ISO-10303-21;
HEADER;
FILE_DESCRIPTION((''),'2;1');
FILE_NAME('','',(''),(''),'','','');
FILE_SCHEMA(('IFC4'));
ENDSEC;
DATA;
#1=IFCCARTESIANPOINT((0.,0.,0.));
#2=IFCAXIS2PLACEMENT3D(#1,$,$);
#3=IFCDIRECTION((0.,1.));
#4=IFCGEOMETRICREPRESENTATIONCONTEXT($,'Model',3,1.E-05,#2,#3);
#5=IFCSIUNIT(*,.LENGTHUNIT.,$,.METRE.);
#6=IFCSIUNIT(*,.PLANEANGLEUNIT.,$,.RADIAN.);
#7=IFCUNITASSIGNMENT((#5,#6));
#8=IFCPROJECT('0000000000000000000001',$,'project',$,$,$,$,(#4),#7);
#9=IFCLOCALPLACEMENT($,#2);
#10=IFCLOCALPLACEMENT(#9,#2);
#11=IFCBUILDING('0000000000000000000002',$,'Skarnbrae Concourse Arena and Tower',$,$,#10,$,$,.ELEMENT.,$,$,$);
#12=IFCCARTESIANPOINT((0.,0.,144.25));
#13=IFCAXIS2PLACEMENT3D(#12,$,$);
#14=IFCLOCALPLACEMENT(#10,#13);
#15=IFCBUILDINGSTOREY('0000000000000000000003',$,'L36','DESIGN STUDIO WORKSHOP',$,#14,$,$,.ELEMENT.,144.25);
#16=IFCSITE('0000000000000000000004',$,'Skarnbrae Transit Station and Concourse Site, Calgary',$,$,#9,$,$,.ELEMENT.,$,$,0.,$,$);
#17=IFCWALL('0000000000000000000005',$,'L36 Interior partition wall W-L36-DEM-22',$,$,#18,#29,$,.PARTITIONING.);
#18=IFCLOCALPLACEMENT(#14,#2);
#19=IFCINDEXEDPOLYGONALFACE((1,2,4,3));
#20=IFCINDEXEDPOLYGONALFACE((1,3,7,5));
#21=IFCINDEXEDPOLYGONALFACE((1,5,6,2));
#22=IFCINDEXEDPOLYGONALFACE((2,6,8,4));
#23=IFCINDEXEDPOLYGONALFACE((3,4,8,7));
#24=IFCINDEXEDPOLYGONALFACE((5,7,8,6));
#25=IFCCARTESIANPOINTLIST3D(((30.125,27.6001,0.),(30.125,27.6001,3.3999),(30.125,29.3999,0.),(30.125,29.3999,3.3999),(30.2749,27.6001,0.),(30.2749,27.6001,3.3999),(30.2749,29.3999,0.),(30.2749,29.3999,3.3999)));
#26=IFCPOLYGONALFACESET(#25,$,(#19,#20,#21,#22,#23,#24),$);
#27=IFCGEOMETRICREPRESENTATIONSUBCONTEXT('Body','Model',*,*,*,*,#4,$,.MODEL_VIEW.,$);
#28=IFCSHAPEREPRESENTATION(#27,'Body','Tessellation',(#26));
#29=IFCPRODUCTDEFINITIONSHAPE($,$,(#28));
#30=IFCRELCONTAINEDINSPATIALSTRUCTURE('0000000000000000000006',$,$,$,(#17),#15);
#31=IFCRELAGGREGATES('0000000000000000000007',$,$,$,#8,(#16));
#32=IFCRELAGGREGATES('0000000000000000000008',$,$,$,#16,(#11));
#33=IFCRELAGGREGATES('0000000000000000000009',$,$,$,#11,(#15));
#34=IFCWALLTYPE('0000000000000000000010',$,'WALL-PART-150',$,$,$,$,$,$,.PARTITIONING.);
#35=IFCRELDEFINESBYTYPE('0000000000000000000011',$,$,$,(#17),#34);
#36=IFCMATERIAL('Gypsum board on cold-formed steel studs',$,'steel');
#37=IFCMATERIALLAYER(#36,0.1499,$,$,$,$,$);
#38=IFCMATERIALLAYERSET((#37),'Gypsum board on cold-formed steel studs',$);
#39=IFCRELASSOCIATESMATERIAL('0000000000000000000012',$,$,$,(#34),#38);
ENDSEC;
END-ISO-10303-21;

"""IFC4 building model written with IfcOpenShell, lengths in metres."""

from ifc_helpers import new_model, si_unit, direction, frame, frame_2d, origin, place, context, subcontext, project, spatial, rectangle, extrude, source, transform, mapped, material, layer, layer_set, type_object, element, save


model = new_model("IFC4")

# Units and contexts
model_context = context("Model", 3, precision=1e-05, world=origin(), true_north=direction((0.0, 1.0)))
body_context = subcontext(model_context, "Body", "Model", "MODEL_VIEW")
ifc_project = project(units=[si_unit("LENGTHUNIT", "METRE"), si_unit("PLANEANGLEUNIT", "RADIAN")], contexts=[model_context])

# Site, building, storey
site_placement = place(None, origin())
site = spatial("IfcSite", under=ifc_project, at=site_placement, Name="Skarnbrae Transit Station and Concourse Site, Calgary", CompositionType="ELEMENT", RefElevation=0.0)
building_placement = place(site_placement, origin())
building = spatial("IfcBuilding", under=site, at=building_placement, Name="Skarnbrae Concourse Arena and Tower", CompositionType="ELEMENT")
storey_placement = place(building_placement, frame((0.0, 0.0, 144.25)))
storey = spatial("IfcBuildingStorey", under=building, at=storey_placement, Name="L36", Description="DESIGN STUDIO WORKSHOP", CompositionType="ELEMENT", Elevation=144.25)

# Wall
ifc_material_1 = material(Name="Gypsum board on cold-formed steel studs", Category="steel")
ifc_layer = layer(ifc_material_1, 0.1499)
ifc_layer_set = layer_set([ifc_layer], Name="Gypsum board on cold-formed steel studs")
wall_type = type_object("IfcWallType", Name="WALL-PART-150", PredefinedType="PARTITIONING", material=ifc_layer_set)
shared_shape_1 = source(origin(), body_context, "Body", "SweptSolid", [
    extrude(rectangle(XDim=1.7998, YDim=0.1499, at=frame_2d((0.8999, 0.0))), origin(), (0.0, 0.0, 1.0), 3.3999),
])
wall_1_placement = place(storey_placement, frame((30.2, 29.3999, 0.0), z_axis=(0.0, 0.0, 1.0), x_axis=(0.0, -1.0, 0.0)))
element("IfcWall", 1, at=wall_1_placement, inside=storey, type_object=wall_type, Name="L36 Interior partition wall W-L36-DEM-22", PredefinedType="PARTITIONING", context=body_context, shape_type="MappedRepresentation", body=[
    mapped(shared_shape_1, transform((0.0, 0.0, 0.0))),
])

save(model, "model.ifc")
